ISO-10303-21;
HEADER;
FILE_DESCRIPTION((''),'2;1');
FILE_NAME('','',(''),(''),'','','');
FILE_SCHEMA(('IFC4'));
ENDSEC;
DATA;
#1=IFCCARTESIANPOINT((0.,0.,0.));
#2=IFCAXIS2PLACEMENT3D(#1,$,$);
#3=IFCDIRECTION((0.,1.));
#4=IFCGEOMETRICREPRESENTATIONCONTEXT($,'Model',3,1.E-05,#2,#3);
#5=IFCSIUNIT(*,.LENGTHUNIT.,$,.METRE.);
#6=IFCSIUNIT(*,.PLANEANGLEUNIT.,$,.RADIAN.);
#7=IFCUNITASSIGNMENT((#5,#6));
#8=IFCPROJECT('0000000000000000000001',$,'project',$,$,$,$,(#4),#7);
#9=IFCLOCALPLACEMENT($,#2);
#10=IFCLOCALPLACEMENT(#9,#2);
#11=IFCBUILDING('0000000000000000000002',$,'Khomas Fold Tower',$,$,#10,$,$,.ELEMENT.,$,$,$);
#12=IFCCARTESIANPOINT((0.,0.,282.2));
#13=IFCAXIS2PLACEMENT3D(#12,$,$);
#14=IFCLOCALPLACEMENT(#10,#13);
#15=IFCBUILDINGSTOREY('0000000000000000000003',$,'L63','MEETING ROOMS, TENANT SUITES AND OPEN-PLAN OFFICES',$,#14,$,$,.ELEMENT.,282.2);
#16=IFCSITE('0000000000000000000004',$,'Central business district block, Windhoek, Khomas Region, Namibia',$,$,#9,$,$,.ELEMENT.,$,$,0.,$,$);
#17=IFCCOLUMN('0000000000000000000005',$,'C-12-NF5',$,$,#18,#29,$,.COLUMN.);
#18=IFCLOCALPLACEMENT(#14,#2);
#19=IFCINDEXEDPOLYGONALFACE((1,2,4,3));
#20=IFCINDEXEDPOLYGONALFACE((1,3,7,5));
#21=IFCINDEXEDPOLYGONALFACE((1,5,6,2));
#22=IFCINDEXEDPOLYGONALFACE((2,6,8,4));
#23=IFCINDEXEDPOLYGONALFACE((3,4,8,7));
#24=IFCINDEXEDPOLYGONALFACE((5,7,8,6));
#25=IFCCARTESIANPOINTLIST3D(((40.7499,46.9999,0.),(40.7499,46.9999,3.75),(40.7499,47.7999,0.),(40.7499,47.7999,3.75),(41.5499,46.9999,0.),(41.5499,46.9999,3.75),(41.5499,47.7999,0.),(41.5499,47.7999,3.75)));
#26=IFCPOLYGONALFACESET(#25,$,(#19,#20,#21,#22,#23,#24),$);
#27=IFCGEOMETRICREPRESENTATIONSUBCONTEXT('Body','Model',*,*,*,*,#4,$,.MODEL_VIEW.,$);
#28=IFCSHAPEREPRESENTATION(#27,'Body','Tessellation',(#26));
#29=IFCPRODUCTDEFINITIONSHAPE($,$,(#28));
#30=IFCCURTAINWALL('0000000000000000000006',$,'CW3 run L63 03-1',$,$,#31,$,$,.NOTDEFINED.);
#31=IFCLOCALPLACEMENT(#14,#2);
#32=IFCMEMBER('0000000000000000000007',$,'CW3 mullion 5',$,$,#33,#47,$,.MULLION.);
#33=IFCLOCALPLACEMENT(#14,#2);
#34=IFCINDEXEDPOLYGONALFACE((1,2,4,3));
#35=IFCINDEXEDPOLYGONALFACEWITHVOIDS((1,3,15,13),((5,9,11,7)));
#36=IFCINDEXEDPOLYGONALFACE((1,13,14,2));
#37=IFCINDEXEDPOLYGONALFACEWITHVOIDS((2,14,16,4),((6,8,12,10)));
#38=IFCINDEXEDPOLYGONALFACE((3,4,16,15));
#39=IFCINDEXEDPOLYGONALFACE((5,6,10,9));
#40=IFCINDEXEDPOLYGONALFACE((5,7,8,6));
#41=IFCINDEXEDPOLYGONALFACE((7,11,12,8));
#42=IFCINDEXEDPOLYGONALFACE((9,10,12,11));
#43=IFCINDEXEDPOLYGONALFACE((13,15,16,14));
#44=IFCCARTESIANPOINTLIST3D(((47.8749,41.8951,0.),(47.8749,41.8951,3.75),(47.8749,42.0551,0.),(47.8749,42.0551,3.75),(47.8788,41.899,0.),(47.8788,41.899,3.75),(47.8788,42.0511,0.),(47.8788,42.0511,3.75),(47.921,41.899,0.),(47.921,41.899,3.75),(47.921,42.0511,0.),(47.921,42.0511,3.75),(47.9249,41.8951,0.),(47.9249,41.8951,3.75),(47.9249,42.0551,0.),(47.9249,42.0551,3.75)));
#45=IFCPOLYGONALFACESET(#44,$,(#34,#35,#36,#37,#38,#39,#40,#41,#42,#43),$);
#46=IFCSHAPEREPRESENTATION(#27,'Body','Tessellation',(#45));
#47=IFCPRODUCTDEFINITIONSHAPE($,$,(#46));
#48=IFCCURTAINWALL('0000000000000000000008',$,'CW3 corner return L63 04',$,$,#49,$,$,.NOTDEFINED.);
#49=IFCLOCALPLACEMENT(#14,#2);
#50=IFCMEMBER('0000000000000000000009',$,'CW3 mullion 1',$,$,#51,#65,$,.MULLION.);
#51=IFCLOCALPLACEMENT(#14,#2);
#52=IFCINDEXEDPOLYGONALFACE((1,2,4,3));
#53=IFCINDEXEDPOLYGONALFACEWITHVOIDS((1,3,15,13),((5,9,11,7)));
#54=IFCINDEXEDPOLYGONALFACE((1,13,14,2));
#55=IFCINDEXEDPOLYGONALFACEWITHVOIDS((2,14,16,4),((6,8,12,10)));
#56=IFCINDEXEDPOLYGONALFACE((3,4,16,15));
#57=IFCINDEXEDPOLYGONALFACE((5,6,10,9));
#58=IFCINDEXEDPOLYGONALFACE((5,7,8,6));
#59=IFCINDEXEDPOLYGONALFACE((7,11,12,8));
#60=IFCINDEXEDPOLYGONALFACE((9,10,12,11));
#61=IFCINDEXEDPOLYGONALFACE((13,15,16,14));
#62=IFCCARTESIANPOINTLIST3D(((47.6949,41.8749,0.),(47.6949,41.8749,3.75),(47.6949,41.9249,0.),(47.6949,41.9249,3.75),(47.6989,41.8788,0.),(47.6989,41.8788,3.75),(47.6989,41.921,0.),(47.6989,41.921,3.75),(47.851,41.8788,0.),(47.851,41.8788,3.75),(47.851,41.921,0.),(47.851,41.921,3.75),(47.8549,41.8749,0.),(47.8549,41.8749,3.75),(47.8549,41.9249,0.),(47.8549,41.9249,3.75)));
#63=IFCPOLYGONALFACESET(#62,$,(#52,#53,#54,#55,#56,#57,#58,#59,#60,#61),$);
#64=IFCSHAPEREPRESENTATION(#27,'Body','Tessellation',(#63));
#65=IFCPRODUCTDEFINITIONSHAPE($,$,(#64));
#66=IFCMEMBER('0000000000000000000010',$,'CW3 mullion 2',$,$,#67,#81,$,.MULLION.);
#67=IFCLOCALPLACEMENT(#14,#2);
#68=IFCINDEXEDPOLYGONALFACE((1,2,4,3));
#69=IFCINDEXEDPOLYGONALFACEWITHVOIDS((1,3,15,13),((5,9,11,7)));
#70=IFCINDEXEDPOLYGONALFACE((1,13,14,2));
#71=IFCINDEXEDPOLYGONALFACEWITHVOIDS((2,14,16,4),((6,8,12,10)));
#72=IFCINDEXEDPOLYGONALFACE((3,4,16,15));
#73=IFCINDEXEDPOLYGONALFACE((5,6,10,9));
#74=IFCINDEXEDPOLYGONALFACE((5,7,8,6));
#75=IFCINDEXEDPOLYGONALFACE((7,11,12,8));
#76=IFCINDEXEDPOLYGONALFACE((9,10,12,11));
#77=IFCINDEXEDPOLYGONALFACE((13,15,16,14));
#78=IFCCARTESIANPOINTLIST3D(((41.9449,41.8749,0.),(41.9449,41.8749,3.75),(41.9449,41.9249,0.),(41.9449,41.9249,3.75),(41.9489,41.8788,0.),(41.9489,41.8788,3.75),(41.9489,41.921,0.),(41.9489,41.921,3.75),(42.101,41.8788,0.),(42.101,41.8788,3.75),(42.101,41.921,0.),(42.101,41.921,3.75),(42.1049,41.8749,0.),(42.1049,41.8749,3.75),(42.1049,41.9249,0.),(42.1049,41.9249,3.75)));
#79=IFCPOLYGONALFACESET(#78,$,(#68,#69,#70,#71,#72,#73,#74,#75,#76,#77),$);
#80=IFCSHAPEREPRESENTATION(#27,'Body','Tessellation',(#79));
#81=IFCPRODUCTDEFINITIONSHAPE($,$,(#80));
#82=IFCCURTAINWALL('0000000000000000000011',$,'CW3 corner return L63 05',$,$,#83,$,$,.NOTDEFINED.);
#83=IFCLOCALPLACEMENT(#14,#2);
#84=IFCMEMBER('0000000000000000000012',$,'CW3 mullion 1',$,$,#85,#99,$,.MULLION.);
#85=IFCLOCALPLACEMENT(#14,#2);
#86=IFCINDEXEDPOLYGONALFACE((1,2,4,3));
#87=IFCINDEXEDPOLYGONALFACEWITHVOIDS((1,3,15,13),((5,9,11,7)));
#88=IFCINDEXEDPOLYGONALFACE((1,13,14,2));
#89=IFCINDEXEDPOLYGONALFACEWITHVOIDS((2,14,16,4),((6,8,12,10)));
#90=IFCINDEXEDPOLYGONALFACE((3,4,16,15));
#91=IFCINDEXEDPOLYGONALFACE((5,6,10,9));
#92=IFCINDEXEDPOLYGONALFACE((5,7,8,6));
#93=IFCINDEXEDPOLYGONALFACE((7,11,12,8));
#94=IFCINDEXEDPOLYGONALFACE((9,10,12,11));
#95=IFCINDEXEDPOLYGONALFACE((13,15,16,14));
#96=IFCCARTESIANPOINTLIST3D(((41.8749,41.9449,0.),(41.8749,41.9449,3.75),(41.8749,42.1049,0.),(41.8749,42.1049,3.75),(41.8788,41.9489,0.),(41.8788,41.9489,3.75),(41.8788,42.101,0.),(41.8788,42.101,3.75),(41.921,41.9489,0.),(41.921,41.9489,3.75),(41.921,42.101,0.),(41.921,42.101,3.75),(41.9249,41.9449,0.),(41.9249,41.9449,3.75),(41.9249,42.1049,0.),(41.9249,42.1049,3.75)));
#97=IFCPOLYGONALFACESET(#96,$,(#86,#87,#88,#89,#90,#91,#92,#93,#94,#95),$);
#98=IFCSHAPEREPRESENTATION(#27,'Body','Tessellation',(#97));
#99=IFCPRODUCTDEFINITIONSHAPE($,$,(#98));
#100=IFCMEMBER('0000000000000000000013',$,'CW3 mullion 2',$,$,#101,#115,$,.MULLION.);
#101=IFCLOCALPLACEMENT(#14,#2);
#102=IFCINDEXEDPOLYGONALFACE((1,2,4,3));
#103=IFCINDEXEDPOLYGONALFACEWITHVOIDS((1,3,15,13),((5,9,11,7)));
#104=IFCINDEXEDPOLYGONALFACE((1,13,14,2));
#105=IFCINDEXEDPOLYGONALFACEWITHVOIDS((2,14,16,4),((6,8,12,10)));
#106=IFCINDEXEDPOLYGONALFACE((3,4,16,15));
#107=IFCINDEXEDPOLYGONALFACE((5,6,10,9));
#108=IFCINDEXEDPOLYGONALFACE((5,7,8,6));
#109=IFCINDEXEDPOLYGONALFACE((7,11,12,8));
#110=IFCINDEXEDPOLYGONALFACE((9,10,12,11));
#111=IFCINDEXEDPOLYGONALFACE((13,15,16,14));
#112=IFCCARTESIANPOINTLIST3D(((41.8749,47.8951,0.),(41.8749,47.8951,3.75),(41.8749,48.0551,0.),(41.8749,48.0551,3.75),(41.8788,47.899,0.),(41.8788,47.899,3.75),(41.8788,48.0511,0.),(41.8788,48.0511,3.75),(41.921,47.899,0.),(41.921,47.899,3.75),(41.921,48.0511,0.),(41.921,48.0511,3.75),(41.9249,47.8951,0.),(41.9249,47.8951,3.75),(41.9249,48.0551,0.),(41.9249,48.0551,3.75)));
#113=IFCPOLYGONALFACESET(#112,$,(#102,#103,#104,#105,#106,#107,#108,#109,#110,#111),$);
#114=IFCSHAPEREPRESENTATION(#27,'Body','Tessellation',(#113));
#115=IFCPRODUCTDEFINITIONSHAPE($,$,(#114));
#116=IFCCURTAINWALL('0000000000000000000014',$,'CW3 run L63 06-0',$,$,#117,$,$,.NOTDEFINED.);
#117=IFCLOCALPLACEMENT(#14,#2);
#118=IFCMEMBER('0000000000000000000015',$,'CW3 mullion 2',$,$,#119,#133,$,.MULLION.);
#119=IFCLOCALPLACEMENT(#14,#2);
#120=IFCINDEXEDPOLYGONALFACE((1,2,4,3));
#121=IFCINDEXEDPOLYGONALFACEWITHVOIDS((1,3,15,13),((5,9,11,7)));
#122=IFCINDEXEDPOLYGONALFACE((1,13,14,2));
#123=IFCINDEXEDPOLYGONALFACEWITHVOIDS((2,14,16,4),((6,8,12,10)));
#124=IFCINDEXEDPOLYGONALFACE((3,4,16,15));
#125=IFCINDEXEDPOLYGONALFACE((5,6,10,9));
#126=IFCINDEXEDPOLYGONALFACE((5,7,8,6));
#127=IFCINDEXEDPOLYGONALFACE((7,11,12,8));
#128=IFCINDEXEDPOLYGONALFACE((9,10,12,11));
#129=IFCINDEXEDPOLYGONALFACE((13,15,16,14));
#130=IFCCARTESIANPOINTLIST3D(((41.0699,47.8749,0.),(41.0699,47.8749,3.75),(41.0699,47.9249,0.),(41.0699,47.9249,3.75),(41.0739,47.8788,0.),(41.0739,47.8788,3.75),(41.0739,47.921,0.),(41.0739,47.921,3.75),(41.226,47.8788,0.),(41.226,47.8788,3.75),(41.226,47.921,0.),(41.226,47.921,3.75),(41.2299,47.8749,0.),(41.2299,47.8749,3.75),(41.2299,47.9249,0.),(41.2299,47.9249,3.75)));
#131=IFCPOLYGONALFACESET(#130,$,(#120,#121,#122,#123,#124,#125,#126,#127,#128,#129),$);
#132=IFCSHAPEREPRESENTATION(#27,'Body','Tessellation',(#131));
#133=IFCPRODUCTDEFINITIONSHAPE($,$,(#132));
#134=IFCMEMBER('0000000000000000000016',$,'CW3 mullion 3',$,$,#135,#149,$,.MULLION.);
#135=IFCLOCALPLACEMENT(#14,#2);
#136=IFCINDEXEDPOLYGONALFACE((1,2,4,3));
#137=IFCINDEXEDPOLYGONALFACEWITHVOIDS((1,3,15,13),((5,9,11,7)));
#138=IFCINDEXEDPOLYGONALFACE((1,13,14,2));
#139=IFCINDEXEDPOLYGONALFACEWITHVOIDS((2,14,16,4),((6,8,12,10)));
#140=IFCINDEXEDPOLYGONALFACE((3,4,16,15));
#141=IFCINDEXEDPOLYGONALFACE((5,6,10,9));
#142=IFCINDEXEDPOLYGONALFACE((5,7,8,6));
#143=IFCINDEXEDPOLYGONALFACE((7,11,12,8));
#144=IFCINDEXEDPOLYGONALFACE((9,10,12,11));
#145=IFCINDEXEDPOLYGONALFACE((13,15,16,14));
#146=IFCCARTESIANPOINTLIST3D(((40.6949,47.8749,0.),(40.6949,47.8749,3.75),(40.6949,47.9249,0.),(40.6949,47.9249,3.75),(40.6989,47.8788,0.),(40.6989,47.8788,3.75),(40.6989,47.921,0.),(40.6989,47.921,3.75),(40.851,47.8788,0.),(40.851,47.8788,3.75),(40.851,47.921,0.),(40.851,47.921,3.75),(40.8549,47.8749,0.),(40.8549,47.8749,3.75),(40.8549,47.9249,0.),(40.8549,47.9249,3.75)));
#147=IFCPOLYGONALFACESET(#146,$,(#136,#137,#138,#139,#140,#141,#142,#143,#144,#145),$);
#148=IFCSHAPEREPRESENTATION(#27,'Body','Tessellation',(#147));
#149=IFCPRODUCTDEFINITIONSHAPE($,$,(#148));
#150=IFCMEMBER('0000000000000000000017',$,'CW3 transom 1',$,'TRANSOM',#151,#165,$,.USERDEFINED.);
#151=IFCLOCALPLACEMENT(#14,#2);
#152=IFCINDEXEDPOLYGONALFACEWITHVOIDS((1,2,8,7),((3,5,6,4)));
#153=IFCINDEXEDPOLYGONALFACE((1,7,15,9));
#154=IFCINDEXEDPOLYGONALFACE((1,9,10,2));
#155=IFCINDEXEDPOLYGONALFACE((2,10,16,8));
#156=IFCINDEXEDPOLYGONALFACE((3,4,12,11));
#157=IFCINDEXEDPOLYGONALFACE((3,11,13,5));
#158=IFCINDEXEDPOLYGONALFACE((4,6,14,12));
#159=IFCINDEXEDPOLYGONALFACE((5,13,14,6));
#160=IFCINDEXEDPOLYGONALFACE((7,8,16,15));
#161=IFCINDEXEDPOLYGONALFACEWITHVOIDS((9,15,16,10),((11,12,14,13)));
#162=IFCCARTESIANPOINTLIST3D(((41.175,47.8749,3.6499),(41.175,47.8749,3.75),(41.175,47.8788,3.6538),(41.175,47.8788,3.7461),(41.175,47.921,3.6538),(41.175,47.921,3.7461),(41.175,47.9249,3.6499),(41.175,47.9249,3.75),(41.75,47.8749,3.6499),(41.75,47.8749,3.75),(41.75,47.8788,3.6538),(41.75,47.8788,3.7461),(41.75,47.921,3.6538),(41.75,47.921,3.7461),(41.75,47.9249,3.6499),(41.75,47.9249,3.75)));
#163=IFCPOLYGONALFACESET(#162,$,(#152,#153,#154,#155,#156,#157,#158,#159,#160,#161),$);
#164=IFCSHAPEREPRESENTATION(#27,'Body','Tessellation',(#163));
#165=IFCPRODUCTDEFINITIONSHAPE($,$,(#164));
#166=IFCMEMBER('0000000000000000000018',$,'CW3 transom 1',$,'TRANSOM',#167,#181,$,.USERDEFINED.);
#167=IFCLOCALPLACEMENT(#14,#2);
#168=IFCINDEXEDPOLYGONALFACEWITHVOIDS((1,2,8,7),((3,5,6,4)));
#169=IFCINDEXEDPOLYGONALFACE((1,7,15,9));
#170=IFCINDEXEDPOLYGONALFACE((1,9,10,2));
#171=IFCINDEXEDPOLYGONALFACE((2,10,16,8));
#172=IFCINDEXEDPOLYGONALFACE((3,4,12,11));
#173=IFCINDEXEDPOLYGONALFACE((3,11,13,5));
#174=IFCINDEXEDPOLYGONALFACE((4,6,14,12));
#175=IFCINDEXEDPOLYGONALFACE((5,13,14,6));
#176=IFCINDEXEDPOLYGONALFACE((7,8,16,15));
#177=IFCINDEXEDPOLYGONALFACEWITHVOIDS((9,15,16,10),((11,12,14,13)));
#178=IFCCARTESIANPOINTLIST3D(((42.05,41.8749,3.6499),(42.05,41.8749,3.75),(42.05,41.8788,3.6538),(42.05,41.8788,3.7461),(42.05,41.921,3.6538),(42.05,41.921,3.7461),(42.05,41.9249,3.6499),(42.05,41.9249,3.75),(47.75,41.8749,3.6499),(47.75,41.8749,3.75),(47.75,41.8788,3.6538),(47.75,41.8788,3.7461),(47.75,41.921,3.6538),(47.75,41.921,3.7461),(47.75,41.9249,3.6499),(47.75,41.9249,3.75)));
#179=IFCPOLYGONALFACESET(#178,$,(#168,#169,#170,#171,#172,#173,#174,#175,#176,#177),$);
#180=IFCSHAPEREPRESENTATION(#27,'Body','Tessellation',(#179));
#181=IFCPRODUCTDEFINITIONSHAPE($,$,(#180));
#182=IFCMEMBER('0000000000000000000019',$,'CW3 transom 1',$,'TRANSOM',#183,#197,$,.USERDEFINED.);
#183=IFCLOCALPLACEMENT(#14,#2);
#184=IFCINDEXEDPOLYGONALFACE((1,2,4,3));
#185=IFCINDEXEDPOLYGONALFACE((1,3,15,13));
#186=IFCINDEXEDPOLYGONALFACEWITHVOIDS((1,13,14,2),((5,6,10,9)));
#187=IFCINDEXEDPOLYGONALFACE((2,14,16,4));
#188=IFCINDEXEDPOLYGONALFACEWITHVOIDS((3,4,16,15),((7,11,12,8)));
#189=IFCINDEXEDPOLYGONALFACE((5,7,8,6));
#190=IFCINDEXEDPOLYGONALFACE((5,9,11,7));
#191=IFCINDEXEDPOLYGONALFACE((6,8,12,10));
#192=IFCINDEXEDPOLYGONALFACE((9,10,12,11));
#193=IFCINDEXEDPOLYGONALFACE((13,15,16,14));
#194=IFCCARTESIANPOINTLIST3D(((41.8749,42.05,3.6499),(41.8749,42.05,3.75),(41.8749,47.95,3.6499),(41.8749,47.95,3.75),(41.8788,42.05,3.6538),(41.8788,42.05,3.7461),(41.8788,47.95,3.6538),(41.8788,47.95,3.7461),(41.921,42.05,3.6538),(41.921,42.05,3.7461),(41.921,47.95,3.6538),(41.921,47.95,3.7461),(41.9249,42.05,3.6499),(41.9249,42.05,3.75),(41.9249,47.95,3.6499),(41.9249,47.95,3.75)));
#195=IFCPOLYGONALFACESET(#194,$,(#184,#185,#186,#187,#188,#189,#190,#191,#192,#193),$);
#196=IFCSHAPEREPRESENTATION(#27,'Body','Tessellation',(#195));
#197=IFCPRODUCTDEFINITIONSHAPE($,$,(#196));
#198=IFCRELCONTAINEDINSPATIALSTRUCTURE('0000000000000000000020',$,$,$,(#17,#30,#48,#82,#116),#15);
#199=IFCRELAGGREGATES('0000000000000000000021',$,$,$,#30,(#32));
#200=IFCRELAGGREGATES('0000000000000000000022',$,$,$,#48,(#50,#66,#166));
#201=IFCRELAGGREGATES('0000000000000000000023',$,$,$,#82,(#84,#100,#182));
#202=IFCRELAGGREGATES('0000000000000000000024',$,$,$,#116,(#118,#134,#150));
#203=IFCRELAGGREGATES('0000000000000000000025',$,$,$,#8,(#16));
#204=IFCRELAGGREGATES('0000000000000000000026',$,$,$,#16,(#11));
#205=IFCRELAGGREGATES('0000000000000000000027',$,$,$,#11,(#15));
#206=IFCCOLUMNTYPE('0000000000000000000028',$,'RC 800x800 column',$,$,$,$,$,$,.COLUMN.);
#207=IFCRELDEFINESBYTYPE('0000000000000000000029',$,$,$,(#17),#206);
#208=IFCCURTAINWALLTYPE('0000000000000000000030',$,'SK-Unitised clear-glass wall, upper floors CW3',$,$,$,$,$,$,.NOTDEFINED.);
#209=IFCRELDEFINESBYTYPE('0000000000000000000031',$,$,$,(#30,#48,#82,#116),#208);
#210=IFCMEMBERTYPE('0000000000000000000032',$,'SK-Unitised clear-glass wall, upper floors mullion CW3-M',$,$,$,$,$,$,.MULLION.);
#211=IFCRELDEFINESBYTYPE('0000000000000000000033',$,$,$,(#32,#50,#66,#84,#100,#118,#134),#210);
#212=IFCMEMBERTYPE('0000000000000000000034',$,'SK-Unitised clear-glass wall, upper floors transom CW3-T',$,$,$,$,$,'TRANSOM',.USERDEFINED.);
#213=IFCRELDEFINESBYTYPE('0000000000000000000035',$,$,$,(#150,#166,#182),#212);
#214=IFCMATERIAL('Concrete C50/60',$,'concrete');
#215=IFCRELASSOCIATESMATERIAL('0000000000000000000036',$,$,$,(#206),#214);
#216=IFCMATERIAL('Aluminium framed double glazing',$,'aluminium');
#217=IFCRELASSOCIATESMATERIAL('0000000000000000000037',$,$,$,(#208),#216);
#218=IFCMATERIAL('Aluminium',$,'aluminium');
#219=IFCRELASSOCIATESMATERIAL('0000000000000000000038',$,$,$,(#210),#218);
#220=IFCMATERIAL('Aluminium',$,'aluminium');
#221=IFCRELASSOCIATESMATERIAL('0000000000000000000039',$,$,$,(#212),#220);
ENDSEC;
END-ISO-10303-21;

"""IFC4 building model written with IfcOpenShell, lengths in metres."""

from ifc_helpers import new_model, si_unit, direction, frame, origin, origin_2d, place, context, subcontext, project, spatial, rectangle, hollow_rectangle, extrude, source, transform, mapped, material, material_profile, profile_set, type_object, element, aggregate, save


model = new_model("IFC4")

# Units and contexts
model_context = context("Model", 3, precision=1e-05, world=origin(), true_north=direction((0.0, 1.0)))
body_context = subcontext(model_context, "Body", "Model", "MODEL_VIEW")
ifc_project = project(units=[si_unit("LENGTHUNIT", "METRE"), si_unit("PLANEANGLEUNIT", "RADIAN")], contexts=[model_context])

# Site, building, storey
site_placement = place(None, origin())
site = spatial("IfcSite", under=ifc_project, at=site_placement, Name="Central business district block, Windhoek, Khomas Region, Namibia", CompositionType="ELEMENT", RefElevation=0.0)
building_placement = place(site_placement, origin())
building = spatial("IfcBuilding", under=site, at=building_placement, Name="Khomas Fold Tower", CompositionType="ELEMENT")
storey_placement = place(building_placement, frame((0.0, 0.0, 282.2)))
storey = spatial("IfcBuildingStorey", under=building, at=storey_placement, Name="L63", Description="MEETING ROOMS, TENANT SUITES AND OPEN-PLAN OFFICES", CompositionType="ELEMENT", Elevation=282.2)

# Column
ifc_material_1 = material(Name="Concrete C50/60", Category="concrete")
ifc_material_profile_1 = material_profile(ifc_material_1, rectangle(XDim=0.8, YDim=0.8, at=origin_2d()), Name="RC 800x800")
ifc_profile_set_1 = profile_set([ifc_material_profile_1], Name="Concrete C50/60")
column_type = type_object("IfcColumnType", Name="RC 800x800 column", PredefinedType="COLUMN", material=ifc_profile_set_1)
shared_shape_1 = source(origin(), body_context, "Body", "SweptSolid", [
    extrude(rectangle(XDim=0.8, YDim=0.8, at=origin_2d()), origin(), (0.0, 0.0, 1.0), 3.75),
])
column_placement = place(storey_placement, frame((41.1499, 47.3999, 0.0), z_axis=(0.0, 0.0, 1.0), x_axis=(1.0, 0.0, 0.0)))
element("IfcColumn", 1, at=column_placement, inside=storey, type_object=column_type, Name="C-12-NF5", PredefinedType="COLUMN", context=body_context, shape_type="MappedRepresentation", body=[
    mapped(shared_shape_1, transform((0.0, 0.0, 0.0))),
])

# Curtain wall, member
ifc_material_2 = material(Name="Aluminium framed double glazing", Category="aluminium")
curtain_wall_type = type_object("IfcCurtainWallType", Name="SK-Unitised clear-glass wall, upper floors CW3", PredefinedType="NOTDEFINED", material=ifc_material_2)
curtain_wall_1_placement = place(storey_placement, origin())
curtain_wall_1 = element("IfcCurtainWall", 2, at=curtain_wall_1_placement, inside=storey, type_object=curtain_wall_type, Name="CW3 run L63 03-1", PredefinedType="NOTDEFINED")
ifc_material_3 = material(Name="Aluminium", Category="aluminium")
ifc_material_profile_2 = material_profile(ifc_material_3, hollow_rectangle(XDim=0.05, YDim=0.1599, WallThickness=0.0039, at=origin_2d()), Name="SK-Unitised clear-glass wall, upper floors mullion CW3-M")
ifc_profile_set_2 = profile_set([ifc_material_profile_2], Name="Aluminium")
member_type_1 = type_object("IfcMemberType", Name="SK-Unitised clear-glass wall, upper floors mullion CW3-M", PredefinedType="MULLION", material=ifc_profile_set_2)
shared_shape_2 = source(origin(), body_context, "Body", "SweptSolid", [
    extrude(hollow_rectangle(XDim=0.05, YDim=0.1599, WallThickness=0.0039, at=origin_2d()), origin(), (0.0, 0.0, 1.0), 3.75),
])
member_1_placement = place(storey_placement, frame((47.8999, 41.9751, 0.0), z_axis=(0.0, 0.0, 1.0), x_axis=(-1.0, 0.0, 0.0)))
member_1 = element("IfcMember", 3, at=member_1_placement, type_object=member_type_1, Name="CW3 mullion 5", PredefinedType="MULLION", context=body_context, shape_type="MappedRepresentation", body=[
    mapped(shared_shape_2, transform((0.0, 0.0, 0.0))),
])
aggregate(curtain_wall_1, [member_1])

# Curtain walls, members
curtain_wall_2_placement = place(storey_placement, origin())
curtain_wall_2 = element("IfcCurtainWall", 4, at=curtain_wall_2_placement, inside=storey, type_object=curtain_wall_type, Name="CW3 corner return L63 04", PredefinedType="NOTDEFINED")
member_2_placement = place(storey_placement, frame((47.7749, 41.8999, 0.0), z_axis=(0.0, 0.0, 1.0), x_axis=(0.0, -1.0, 0.0)))
member_2 = element("IfcMember", 5, at=member_2_placement, type_object=member_type_1, Name="CW3 mullion 1", PredefinedType="MULLION", context=body_context, shape_type="MappedRepresentation", body=[
    mapped(shared_shape_2, transform((0.0, 0.0, 0.0))),
])
member_3_placement = place(storey_placement, frame((42.0249, 41.8999, 0.0), z_axis=(0.0, 0.0, 1.0), x_axis=(0.0, -1.0, 0.0)))
member_3 = element("IfcMember", 6, at=member_3_placement, type_object=member_type_1, Name="CW3 mullion 2", PredefinedType="MULLION", context=body_context, shape_type="MappedRepresentation", body=[
    mapped(shared_shape_2, transform((0.0, 0.0, 0.0))),
])
curtain_wall_3_placement = place(storey_placement, origin())
curtain_wall_3 = element("IfcCurtainWall", 7, at=curtain_wall_3_placement, inside=storey, type_object=curtain_wall_type, Name="CW3 corner return L63 05", PredefinedType="NOTDEFINED")
member_4_placement = place(storey_placement, frame((41.8999, 42.0249, 0.0), z_axis=(0.0, 0.0, 1.0), x_axis=(-1.0, 0.0, 0.0)))
member_4 = element("IfcMember", 8, at=member_4_placement, type_object=member_type_1, Name="CW3 mullion 1", PredefinedType="MULLION", context=body_context, shape_type="MappedRepresentation", body=[
    mapped(shared_shape_2, transform((0.0, 0.0, 0.0))),
])
member_5_placement = place(storey_placement, frame((41.8999, 47.9751, 0.0), z_axis=(0.0, 0.0, 1.0), x_axis=(-1.0, 0.0, 0.0)))
member_5 = element("IfcMember", 9, at=member_5_placement, type_object=member_type_1, Name="CW3 mullion 2", PredefinedType="MULLION", context=body_context, shape_type="MappedRepresentation", body=[
    mapped(shared_shape_2, transform((0.0, 0.0, 0.0))),
])
curtain_wall_4_placement = place(storey_placement, origin())
curtain_wall_4 = element("IfcCurtainWall", 10, at=curtain_wall_4_placement, inside=storey, type_object=curtain_wall_type, Name="CW3 run L63 06-0", PredefinedType="NOTDEFINED")
member_6_placement = place(storey_placement, frame((41.1499, 47.8999, 0.0), z_axis=(0.0, 0.0, 1.0), x_axis=(0.0, -1.0, 0.0)))
member_6 = element("IfcMember", 11, at=member_6_placement, type_object=member_type_1, Name="CW3 mullion 2", PredefinedType="MULLION", context=body_context, shape_type="MappedRepresentation", body=[
    mapped(shared_shape_2, transform((0.0, 0.0, 0.0))),
])
member_7_placement = place(storey_placement, frame((40.7749, 47.8999, 0.0), z_axis=(0.0, 0.0, 1.0), x_axis=(0.0, -1.0, 0.0)))
member_7 = element("IfcMember", 12, at=member_7_placement, type_object=member_type_1, Name="CW3 mullion 3", PredefinedType="MULLION", context=body_context, shape_type="MappedRepresentation", body=[
    mapped(shared_shape_2, transform((0.0, 0.0, 0.0))),
])
ifc_material_4 = material(Name="Aluminium", Category="aluminium")
ifc_material_profile_3 = material_profile(ifc_material_4, hollow_rectangle(XDim=0.05, YDim=0.1001, WallThickness=0.0039, at=origin_2d()), Name="SK-Unitised clear-glass wall, upper floors transom CW3-T")
ifc_profile_set_3 = profile_set([ifc_material_profile_3], Name="Aluminium")
member_type_2 = type_object("IfcMemberType", Name="SK-Unitised clear-glass wall, upper floors transom CW3-T", ElementType="TRANSOM", PredefinedType="USERDEFINED", material=ifc_profile_set_3)
shared_shape_3 = source(origin(), body_context, "Body", "SweptSolid", [
    extrude(hollow_rectangle(XDim=0.05, YDim=0.1001, WallThickness=0.0039, at=origin_2d()), origin(), (0.0, 0.0, 1.0), 0.575),
])
member_8_placement = place(storey_placement, frame((41.75, 47.8999, 3.7), z_axis=(-1.0, 0.0, 0.0), x_axis=(0.0, -1.0, 0.0)))
member_8 = element("IfcMember", 13, at=member_8_placement, type_object=member_type_2, Name="CW3 transom 1", ObjectType="TRANSOM", PredefinedType="USERDEFINED", context=body_context, shape_type="MappedRepresentation", body=[
    mapped(shared_shape_3, transform((0.0, 0.0, 0.0))),
])

# Members
shared_shape_4 = source(origin(), body_context, "Body", "SweptSolid", [
    extrude(hollow_rectangle(XDim=0.05, YDim=0.1001, WallThickness=0.0039, at=origin_2d()), origin(), (0.0, 0.0, 1.0), 5.7),
])
member_9_placement = place(storey_placement, frame((47.75, 41.8999, 3.7), z_axis=(-1.0, 0.0, 0.0), x_axis=(0.0, -1.0, 0.0)))
member_9 = element("IfcMember", 14, at=member_9_placement, type_object=member_type_2, Name="CW3 transom 1", ObjectType="TRANSOM", PredefinedType="USERDEFINED", context=body_context, shape_type="MappedRepresentation", body=[
    mapped(shared_shape_4, transform((0.0, 0.0, 0.0))),
])
shared_shape_5 = source(origin(), body_context, "Body", "SweptSolid", [
    extrude(hollow_rectangle(XDim=0.05, YDim=0.1001, WallThickness=0.0039, at=origin_2d()), origin(), (0.0, 0.0, 1.0), 5.8999),
])
member_10_placement = place(storey_placement, frame((41.8999, 42.05, 3.7), z_axis=(0.0, 1.0, 0.0), x_axis=(-1.0, 0.0, 0.0)))
member_10 = element("IfcMember", 15, at=member_10_placement, type_object=member_type_2, Name="CW3 transom 1", ObjectType="TRANSOM", PredefinedType="USERDEFINED", context=body_context, shape_type="MappedRepresentation", body=[
    mapped(shared_shape_5, transform((0.0, 0.0, 0.0))),
])

aggregate(curtain_wall_2, [member_2, member_3, member_9])
aggregate(curtain_wall_3, [member_4, member_5, member_10])
aggregate(curtain_wall_4, [member_6, member_7, member_8])

save(model, "model.ifc")
